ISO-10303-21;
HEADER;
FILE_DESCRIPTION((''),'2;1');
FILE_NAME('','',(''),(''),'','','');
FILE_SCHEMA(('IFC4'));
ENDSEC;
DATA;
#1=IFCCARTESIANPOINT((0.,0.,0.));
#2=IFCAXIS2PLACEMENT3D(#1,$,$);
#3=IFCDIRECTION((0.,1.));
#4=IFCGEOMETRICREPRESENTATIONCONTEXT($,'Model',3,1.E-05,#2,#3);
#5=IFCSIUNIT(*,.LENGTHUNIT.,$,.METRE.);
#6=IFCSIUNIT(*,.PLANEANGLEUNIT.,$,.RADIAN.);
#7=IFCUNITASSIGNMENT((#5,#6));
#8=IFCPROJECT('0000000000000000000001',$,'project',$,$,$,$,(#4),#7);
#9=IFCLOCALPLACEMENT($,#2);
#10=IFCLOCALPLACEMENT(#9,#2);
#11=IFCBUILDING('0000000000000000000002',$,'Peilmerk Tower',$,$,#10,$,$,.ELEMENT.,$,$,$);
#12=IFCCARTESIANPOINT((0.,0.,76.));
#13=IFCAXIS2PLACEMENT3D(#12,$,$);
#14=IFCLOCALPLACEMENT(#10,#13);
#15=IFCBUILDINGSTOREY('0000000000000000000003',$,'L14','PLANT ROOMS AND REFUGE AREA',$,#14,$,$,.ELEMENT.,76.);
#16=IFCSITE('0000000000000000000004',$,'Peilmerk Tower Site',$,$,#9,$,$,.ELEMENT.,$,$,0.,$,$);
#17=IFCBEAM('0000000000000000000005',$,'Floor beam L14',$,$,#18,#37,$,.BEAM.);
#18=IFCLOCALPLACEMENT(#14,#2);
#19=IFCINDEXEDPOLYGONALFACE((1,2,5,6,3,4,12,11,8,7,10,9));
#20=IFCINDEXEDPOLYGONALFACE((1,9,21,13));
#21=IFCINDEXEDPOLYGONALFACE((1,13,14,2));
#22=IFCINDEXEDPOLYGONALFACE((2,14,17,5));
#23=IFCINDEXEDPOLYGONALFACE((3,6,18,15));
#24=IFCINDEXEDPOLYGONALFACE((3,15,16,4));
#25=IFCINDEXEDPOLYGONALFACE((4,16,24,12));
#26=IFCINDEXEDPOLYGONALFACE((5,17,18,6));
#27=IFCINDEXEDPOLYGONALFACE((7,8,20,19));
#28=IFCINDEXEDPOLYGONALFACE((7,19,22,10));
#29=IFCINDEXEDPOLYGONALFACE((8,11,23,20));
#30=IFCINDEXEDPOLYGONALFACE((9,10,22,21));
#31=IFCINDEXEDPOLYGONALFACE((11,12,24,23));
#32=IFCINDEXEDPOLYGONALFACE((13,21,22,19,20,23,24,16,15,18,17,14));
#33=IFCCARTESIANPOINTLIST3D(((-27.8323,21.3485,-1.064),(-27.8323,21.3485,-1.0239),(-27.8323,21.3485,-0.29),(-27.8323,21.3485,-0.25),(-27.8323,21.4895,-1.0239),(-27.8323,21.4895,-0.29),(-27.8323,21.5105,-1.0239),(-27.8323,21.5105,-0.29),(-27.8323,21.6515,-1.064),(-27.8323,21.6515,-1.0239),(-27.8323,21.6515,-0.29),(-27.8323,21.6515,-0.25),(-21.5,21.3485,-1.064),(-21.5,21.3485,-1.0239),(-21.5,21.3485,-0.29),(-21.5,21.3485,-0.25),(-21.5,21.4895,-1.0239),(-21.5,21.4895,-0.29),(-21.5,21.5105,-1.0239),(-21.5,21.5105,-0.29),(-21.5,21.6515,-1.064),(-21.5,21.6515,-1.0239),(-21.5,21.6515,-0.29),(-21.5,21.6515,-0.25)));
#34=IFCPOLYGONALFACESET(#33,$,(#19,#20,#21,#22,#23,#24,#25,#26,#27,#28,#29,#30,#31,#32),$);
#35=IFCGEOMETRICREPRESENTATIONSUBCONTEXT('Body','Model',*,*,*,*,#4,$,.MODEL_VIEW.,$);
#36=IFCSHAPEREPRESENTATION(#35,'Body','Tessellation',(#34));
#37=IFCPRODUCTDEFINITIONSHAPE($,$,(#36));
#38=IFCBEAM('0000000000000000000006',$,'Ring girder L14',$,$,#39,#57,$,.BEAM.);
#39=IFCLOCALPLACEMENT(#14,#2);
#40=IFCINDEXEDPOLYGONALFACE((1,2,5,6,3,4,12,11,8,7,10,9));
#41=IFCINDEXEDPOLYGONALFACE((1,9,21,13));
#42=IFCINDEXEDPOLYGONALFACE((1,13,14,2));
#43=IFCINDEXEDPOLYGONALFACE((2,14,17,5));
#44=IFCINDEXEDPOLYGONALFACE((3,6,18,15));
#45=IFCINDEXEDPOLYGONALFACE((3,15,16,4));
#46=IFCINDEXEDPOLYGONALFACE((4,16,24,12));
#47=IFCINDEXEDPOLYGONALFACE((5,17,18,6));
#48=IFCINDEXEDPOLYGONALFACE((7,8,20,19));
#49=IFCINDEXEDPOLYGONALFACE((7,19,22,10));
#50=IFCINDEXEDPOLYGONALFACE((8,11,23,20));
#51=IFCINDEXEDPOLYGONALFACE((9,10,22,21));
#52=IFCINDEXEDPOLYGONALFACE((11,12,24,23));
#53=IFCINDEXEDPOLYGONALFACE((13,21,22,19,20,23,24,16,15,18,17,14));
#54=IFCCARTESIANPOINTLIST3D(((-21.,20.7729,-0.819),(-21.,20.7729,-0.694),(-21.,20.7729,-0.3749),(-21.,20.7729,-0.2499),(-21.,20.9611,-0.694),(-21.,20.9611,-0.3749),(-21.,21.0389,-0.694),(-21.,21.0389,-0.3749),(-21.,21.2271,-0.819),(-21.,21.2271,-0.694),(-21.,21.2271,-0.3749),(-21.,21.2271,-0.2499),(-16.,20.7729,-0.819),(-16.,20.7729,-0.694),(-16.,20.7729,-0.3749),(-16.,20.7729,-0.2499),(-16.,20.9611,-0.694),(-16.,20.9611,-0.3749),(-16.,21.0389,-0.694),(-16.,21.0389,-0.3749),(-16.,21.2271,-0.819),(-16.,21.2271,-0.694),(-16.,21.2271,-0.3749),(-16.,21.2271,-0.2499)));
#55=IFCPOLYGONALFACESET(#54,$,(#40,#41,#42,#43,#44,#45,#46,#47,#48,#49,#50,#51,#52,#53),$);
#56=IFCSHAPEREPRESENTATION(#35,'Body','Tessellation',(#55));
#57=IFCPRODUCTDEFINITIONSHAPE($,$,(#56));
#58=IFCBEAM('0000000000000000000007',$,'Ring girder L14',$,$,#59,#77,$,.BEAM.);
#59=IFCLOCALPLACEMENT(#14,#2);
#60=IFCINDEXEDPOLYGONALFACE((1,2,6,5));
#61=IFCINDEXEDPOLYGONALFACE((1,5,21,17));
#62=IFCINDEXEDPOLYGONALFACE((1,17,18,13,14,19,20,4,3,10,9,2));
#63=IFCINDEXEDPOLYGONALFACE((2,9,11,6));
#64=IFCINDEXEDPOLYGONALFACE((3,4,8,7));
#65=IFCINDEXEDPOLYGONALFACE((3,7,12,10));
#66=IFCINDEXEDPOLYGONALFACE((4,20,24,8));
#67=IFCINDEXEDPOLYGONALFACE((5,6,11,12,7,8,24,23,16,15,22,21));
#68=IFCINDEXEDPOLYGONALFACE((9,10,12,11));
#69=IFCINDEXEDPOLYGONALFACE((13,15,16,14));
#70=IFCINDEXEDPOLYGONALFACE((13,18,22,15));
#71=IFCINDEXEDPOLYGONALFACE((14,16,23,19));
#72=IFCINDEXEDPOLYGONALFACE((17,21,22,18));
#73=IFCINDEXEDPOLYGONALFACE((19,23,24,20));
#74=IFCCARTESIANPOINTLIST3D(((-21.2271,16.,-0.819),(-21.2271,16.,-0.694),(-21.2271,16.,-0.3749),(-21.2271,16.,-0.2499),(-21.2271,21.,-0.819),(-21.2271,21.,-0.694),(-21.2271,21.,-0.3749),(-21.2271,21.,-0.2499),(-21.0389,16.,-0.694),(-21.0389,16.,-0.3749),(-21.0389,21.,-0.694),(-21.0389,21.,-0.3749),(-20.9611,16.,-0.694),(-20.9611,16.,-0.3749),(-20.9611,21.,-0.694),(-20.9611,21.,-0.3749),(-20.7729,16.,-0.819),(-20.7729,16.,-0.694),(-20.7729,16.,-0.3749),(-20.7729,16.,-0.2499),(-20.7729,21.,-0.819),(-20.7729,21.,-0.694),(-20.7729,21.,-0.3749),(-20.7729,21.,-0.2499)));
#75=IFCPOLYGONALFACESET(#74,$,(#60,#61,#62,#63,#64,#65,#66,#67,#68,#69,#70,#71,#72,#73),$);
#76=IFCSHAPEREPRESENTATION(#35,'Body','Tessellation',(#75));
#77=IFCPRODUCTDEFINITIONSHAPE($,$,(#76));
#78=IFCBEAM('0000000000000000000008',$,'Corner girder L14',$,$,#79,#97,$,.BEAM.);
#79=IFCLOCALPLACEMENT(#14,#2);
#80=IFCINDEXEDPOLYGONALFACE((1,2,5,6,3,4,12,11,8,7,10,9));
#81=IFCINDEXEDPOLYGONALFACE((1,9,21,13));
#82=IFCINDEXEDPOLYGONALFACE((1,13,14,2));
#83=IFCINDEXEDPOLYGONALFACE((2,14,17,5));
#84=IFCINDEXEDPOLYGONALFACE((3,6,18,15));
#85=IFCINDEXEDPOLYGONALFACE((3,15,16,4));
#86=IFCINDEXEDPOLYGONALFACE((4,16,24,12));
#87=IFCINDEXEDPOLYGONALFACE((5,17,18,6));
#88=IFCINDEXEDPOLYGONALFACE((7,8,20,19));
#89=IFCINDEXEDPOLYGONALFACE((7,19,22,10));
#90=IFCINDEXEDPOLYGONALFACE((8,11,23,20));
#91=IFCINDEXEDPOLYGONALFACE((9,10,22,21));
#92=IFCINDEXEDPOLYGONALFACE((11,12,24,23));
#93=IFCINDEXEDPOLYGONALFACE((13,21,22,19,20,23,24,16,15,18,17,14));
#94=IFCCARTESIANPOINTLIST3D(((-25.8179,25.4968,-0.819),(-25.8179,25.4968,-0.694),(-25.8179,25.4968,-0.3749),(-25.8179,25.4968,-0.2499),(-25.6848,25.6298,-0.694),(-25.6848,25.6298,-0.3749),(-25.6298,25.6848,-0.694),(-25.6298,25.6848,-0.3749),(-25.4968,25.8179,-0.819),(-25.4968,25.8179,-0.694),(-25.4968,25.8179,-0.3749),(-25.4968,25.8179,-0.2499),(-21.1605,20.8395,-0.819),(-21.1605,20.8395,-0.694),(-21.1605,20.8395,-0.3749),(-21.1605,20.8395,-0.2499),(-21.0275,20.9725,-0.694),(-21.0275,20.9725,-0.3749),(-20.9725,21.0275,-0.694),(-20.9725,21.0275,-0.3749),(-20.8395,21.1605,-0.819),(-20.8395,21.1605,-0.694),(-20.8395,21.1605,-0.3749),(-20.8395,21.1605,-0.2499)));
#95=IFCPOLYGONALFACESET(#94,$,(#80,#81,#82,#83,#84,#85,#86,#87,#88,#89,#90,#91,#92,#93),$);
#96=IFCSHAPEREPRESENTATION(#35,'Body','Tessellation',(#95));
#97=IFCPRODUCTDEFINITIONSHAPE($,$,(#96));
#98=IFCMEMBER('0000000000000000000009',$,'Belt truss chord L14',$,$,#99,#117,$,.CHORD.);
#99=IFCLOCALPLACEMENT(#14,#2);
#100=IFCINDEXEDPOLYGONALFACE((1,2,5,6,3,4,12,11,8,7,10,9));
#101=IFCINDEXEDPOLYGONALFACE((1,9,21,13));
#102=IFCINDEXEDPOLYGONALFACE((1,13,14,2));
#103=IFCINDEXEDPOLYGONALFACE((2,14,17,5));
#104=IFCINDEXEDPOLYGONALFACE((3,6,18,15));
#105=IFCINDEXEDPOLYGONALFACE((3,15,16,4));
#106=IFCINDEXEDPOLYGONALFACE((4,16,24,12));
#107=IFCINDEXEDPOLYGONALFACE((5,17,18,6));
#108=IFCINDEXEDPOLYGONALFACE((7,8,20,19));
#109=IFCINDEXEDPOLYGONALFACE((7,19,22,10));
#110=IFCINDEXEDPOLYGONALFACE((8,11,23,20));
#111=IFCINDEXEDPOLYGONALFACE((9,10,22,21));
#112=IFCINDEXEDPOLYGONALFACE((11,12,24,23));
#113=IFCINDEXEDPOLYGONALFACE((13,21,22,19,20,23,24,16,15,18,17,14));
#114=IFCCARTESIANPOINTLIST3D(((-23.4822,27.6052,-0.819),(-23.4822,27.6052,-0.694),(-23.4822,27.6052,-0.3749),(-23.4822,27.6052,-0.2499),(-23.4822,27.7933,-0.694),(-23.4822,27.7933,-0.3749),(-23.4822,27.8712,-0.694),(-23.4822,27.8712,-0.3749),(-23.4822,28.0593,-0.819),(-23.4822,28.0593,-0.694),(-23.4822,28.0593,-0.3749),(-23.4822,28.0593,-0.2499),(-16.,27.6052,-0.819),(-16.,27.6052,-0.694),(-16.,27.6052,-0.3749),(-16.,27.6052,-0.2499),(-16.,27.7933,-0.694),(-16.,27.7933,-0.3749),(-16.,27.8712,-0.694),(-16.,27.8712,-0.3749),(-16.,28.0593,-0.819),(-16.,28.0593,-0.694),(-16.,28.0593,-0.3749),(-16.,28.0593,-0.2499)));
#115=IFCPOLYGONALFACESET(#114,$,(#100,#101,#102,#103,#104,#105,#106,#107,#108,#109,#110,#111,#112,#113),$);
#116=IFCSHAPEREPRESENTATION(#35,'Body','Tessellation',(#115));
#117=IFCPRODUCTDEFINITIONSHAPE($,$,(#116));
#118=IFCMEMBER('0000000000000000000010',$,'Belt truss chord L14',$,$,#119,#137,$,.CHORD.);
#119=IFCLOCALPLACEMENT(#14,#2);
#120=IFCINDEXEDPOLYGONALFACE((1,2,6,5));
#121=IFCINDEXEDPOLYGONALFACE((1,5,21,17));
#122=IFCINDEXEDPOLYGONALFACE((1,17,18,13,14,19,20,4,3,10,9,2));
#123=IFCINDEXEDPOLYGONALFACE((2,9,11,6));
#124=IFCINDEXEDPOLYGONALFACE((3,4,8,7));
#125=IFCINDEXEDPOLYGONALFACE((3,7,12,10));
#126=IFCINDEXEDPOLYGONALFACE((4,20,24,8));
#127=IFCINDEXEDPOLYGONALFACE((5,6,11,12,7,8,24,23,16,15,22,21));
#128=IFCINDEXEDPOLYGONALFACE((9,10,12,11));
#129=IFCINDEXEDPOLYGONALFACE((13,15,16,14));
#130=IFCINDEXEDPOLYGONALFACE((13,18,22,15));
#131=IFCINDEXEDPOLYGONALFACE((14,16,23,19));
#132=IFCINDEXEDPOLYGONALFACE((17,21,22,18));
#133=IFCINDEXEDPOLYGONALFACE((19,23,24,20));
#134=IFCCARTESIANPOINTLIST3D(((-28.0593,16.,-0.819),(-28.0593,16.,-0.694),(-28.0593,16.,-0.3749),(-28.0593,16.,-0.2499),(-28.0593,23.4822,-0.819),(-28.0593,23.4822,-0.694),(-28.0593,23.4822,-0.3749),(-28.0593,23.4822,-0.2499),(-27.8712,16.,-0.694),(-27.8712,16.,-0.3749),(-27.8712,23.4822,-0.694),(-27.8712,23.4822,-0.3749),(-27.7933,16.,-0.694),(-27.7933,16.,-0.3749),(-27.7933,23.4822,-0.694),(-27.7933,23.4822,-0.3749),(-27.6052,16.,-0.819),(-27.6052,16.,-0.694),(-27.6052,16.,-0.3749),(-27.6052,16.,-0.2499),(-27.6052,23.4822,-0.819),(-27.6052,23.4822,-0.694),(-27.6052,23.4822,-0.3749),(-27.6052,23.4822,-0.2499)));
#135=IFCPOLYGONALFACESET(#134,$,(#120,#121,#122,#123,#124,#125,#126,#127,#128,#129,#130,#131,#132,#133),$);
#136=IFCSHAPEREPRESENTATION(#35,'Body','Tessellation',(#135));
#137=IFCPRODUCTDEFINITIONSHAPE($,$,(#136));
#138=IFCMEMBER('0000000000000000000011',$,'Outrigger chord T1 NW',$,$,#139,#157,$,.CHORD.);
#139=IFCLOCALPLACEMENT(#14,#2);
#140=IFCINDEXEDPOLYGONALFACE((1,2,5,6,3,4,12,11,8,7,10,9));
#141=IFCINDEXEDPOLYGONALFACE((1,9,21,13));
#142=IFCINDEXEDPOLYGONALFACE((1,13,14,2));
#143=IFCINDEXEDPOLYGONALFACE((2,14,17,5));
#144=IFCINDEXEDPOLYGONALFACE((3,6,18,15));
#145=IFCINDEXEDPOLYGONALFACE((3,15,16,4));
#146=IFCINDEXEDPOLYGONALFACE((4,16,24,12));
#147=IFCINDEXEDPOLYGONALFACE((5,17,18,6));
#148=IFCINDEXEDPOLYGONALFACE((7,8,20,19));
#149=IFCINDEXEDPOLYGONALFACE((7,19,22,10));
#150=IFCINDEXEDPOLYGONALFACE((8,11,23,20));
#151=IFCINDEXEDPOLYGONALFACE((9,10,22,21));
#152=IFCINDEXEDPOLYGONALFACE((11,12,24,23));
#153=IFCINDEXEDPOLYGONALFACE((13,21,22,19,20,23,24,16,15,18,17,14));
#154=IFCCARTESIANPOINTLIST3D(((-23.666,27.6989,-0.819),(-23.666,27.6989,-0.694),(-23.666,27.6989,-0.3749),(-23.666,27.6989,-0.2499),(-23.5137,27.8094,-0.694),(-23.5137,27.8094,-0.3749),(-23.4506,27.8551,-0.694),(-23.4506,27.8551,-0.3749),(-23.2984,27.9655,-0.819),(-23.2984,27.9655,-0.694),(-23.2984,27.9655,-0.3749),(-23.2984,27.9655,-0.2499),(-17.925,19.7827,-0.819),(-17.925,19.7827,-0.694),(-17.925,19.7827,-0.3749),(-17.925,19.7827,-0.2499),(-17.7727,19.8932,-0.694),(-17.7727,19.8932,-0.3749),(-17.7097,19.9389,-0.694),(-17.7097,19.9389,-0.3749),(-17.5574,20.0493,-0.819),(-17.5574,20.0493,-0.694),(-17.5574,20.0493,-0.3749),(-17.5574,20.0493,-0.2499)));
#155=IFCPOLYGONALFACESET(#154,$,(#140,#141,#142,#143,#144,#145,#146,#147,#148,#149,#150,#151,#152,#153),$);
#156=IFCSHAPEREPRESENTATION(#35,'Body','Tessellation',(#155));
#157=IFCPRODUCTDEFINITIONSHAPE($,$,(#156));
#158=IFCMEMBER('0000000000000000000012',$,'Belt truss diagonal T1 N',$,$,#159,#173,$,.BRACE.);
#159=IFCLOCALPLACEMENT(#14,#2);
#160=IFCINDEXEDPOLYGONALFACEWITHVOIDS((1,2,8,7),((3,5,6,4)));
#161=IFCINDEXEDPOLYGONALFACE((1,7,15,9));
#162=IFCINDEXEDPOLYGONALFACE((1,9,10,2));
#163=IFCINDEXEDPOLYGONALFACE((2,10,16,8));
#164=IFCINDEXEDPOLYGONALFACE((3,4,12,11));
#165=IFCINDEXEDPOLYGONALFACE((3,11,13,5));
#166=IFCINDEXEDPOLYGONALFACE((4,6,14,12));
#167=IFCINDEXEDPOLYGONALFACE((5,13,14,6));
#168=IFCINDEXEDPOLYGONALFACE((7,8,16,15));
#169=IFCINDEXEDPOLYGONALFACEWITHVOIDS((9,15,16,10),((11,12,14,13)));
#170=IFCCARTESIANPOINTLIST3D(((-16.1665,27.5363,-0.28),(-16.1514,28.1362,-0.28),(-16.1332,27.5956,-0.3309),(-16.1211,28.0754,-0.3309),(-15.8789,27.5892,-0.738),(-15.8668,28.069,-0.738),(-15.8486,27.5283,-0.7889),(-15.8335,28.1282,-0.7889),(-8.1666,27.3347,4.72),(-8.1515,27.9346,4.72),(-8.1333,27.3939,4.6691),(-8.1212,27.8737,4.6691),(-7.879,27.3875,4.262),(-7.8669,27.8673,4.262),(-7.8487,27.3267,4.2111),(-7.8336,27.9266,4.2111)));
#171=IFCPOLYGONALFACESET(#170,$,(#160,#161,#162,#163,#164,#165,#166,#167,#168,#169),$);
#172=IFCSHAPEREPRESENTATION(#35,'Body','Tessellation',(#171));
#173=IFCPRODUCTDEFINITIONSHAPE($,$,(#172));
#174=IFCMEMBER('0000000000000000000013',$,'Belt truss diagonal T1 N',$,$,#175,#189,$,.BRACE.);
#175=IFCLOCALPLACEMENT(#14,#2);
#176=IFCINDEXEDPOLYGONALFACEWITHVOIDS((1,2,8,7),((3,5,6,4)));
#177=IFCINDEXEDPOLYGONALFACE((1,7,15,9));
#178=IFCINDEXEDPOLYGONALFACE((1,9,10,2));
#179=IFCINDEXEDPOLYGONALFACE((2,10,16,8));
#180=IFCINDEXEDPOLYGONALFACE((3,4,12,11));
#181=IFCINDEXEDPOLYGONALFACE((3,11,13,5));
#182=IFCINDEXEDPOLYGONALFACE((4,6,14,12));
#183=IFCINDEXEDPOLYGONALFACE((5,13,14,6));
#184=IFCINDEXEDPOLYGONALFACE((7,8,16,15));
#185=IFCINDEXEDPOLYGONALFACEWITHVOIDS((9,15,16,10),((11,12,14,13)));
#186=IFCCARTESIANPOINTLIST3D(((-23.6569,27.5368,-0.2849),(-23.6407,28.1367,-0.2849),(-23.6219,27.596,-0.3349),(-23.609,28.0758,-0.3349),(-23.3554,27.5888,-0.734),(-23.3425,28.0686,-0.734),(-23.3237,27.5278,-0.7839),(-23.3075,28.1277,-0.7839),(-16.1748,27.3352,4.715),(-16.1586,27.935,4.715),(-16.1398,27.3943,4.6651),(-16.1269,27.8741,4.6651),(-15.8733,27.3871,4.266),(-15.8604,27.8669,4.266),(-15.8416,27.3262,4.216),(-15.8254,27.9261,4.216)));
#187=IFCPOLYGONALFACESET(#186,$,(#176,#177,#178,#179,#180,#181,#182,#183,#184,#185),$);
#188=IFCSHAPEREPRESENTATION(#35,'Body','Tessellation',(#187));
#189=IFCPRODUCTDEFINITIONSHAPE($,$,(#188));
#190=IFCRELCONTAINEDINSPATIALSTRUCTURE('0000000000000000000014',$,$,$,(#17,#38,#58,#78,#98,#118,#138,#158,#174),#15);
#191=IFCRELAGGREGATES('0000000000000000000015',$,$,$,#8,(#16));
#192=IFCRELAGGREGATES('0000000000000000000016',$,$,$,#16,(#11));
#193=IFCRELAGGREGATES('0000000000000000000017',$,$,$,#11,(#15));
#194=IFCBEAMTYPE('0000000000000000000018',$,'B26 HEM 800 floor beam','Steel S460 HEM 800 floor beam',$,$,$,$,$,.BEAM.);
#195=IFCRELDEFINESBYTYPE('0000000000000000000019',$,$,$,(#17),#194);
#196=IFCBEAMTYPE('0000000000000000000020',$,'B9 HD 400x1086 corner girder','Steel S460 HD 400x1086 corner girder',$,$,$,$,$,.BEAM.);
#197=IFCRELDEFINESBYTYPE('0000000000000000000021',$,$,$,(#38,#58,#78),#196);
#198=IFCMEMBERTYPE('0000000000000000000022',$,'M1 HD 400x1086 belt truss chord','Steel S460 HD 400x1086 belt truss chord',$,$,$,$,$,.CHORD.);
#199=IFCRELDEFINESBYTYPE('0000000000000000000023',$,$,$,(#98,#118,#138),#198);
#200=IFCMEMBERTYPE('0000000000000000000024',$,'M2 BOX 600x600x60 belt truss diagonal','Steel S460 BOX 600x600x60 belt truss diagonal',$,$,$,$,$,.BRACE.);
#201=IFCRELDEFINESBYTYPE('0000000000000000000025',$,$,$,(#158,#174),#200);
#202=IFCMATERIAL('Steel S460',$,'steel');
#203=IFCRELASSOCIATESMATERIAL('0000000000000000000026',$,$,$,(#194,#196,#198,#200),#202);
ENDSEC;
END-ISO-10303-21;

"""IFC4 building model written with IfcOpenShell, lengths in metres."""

from ifc_helpers import new_model, si_unit, direction, frame, origin, origin_2d, place, context, subcontext, project, spatial, hollow_rectangle, i_section, extrude, material, material_profile, profile_set, type_object, element, save


model = new_model("IFC4")

# Units and contexts
model_context = context("Model", 3, precision=1e-05, world=origin(), true_north=direction((0.0, 1.0)))
body_context = subcontext(model_context, "Body", "Model", "MODEL_VIEW")
ifc_project = project(units=[si_unit("LENGTHUNIT", "METRE"), si_unit("PLANEANGLEUNIT", "RADIAN")], contexts=[model_context])

# Site, building, storey
site_placement = place(None, origin())
site = spatial("IfcSite", under=ifc_project, at=site_placement, Name="Peilmerk Tower Site", CompositionType="ELEMENT", RefElevation=0.0)
building_placement = place(site_placement, origin())
building = spatial("IfcBuilding", under=site, at=building_placement, Name="Peilmerk Tower", CompositionType="ELEMENT")
storey_placement = place(building_placement, frame((0.0, 0.0, 76.0)))
storey = spatial("IfcBuildingStorey", under=building, at=storey_placement, Name="L14", Description="PLANT ROOMS AND REFUGE AREA", CompositionType="ELEMENT", Elevation=76.0)

# Shared definitions
ifc_material_1 = material(Name="Steel S460", Category="steel")

# Beams
ifc_material_profile_1 = material_profile(ifc_material_1, i_section(OverallWidth=0.303, OverallDepth=0.814, WebThickness=0.021, FlangeThickness=0.04, at=origin_2d()), Name="HEM 800")
ifc_profile_set_1 = profile_set([ifc_material_profile_1], Name="Steel S460")
beam_type_1 = type_object("IfcBeamType", Name="B26 HEM 800 floor beam", Description="Steel S460 HEM 800 floor beam", PredefinedType="BEAM", material=ifc_profile_set_1)
for number, where, z_axis, x_axis, name in (
    (1, (-21.5, 21.5, -0.657), (-1.0, 0.0, 0.0), (0.0, -1.0, 0.0), "Floor beam L14"),
):
    element("IfcBeam", number, at=place(storey_placement, frame(where, z_axis=z_axis, x_axis=x_axis)), inside=storey, type_object=beam_type_1, Name=name, PredefinedType="BEAM", context=body_context, shape_type="SweptSolid", body=[
        extrude(i_section(OverallWidth=0.303, OverallDepth=0.814, WebThickness=0.021, FlangeThickness=0.04, at=origin_2d()), origin(), (0.0, 0.0, 1.0), 6.3323),
    ])
ifc_material_profile_2 = material_profile(ifc_material_1, i_section(OverallWidth=0.4541, OverallDepth=0.5691, WebThickness=0.0779, FlangeThickness=0.125, at=origin_2d()), Name="HD 400x1086")
ifc_profile_set_2 = profile_set([ifc_material_profile_2], Name="Steel S460")
beam_type_2 = type_object("IfcBeamType", Name="B9 HD 400x1086 corner girder", Description="Steel S460 HD 400x1086 corner girder", PredefinedType="BEAM", material=ifc_profile_set_2)
for number, where, z_axis, x_axis, name in (
    (2, (-16.0, 21.0, -0.5344), (-1.0, 0.0, 0.0), (0.0, -1.0, 0.0), "Ring girder L14"),
    (3, (-21.0, 21.0, -0.5344), (0.0, -1.0, 0.0), (1.0, 0.0, 0.0), "Ring girder L14"),
):
    element("IfcBeam", number, at=place(storey_placement, frame(where, z_axis=z_axis, x_axis=x_axis)), inside=storey, type_object=beam_type_2, Name=name, PredefinedType="BEAM", context=body_context, shape_type="SweptSolid", body=[
        extrude(i_section(OverallWidth=0.4541, OverallDepth=0.5691, WebThickness=0.0779, FlangeThickness=0.125, at=origin_2d()), origin(), (0.0, 0.0, 1.0), 5.0),
    ])
beam_1_placement = place(storey_placement, frame((-21.0, 21.0, -0.5344), z_axis=(-0.707107, 0.707107, 0.0), x_axis=(-0.707107, -0.707107, 0.0)))
element("IfcBeam", 4, at=beam_1_placement, inside=storey, type_object=beam_type_2, Name="Corner girder L14", PredefinedType="BEAM", context=body_context, shape_type="SweptSolid", body=[
    extrude(i_section(OverallWidth=0.4541, OverallDepth=0.5691, WebThickness=0.0779, FlangeThickness=0.125, at=origin_2d()), origin(), (0.0, 0.0, 1.0), 6.5864),
])

# Members
ifc_material_profile_3 = material_profile(ifc_material_1, i_section(OverallWidth=0.4541, OverallDepth=0.5691, WebThickness=0.0779, FlangeThickness=0.125, at=origin_2d()), Name="HD 400x1086")
ifc_profile_set_3 = profile_set([ifc_material_profile_3], Name="Steel S460")
member_type_1 = type_object("IfcMemberType", Name="M1 HD 400x1086 belt truss chord", Description="Steel S460 HD 400x1086 belt truss chord", PredefinedType="CHORD", material=ifc_profile_set_3)
for number, where, z_axis, x_axis, name in (
    (5, (-16.0, 27.8323, -0.5344), (-1.0, 0.0, 0.0), (0.0, -1.0, 0.0), "Belt truss chord L14"),
    (6, (-27.8323, 23.4822, -0.5344), (0.0, -1.0, 0.0), (1.0, 0.0, 0.0), "Belt truss chord L14"),
):
    element("IfcMember", number, at=place(storey_placement, frame(where, z_axis=z_axis, x_axis=x_axis)), inside=storey, type_object=member_type_1, Name=name, PredefinedType="CHORD", context=body_context, shape_type="SweptSolid", body=[
        extrude(i_section(OverallWidth=0.4541, OverallDepth=0.5691, WebThickness=0.0779, FlangeThickness=0.125, at=origin_2d()), origin(), (0.0, 0.0, 1.0), 7.4822),
    ])
member_1_placement = place(storey_placement, frame((-17.7412, 19.916, -0.5344), z_axis=(-0.58708, 0.809529, 0.0), x_axis=(-0.809529, -0.58708, 0.0)))
element("IfcMember", 7, at=member_1_placement, inside=storey, type_object=member_type_1, Name="Outrigger chord T1 NW", PredefinedType="CHORD", context=body_context, shape_type="SweptSolid", body=[
    extrude(i_section(OverallWidth=0.4541, OverallDepth=0.5691, WebThickness=0.0779, FlangeThickness=0.125, at=origin_2d()), origin(), (0.0, 0.0, 1.0), 9.7788),
])
ifc_material_profile_4 = material_profile(ifc_material_1, hollow_rectangle(XDim=0.6001, YDim=0.6001, WallThickness=0.0601, at=origin_2d()), Name="BOX 600x600x60")
ifc_profile_set_4 = profile_set([ifc_material_profile_4], Name="Steel S460")
member_type_2 = type_object("IfcMemberType", Name="M2 BOX 600x600x60 belt truss diagonal", Description="Steel S460 BOX 600x600x60 belt truss diagonal", PredefinedType="BRACE", material=ifc_profile_set_4)
member_2_placement = place(storey_placement, frame((-16.0, 27.8323, -0.5344), z_axis=(0.847805, -0.021371, 0.529878), x_axis=(0.0252, 0.999682, 0.0)))
element("IfcMember", 8, at=member_2_placement, inside=storey, type_object=member_type_2, Name="Belt truss diagonal T1 N", PredefinedType="BRACE", context=body_context, shape_type="SweptSolid", body=[
    extrude(hollow_rectangle(XDim=0.6001, YDim=0.6001, WallThickness=0.0601, at=origin_2d()), origin(), (0.0, 0.0, 1.0), 9.436),
])
for number, where, z_axis, x_axis, name in (
    (9, (-23.4822, 27.8323, -0.5344), (0.831232, -0.022403, 0.555474), (0.026942, 0.999637, 0.0), "Belt truss diagonal T1 N"),
):
    element("IfcMember", number, at=place(storey_placement, frame(where, z_axis=z_axis, x_axis=x_axis)), inside=storey, type_object=member_type_2, Name=name, PredefinedType="BRACE", context=body_context, shape_type="SweptSolid", body=[
        extrude(hollow_rectangle(XDim=0.6001, YDim=0.6001, WallThickness=0.0601, at=origin_2d()), origin(), (0.0, 0.0, 1.0), 9.0012),
    ])

save(model, "model.ifc")
